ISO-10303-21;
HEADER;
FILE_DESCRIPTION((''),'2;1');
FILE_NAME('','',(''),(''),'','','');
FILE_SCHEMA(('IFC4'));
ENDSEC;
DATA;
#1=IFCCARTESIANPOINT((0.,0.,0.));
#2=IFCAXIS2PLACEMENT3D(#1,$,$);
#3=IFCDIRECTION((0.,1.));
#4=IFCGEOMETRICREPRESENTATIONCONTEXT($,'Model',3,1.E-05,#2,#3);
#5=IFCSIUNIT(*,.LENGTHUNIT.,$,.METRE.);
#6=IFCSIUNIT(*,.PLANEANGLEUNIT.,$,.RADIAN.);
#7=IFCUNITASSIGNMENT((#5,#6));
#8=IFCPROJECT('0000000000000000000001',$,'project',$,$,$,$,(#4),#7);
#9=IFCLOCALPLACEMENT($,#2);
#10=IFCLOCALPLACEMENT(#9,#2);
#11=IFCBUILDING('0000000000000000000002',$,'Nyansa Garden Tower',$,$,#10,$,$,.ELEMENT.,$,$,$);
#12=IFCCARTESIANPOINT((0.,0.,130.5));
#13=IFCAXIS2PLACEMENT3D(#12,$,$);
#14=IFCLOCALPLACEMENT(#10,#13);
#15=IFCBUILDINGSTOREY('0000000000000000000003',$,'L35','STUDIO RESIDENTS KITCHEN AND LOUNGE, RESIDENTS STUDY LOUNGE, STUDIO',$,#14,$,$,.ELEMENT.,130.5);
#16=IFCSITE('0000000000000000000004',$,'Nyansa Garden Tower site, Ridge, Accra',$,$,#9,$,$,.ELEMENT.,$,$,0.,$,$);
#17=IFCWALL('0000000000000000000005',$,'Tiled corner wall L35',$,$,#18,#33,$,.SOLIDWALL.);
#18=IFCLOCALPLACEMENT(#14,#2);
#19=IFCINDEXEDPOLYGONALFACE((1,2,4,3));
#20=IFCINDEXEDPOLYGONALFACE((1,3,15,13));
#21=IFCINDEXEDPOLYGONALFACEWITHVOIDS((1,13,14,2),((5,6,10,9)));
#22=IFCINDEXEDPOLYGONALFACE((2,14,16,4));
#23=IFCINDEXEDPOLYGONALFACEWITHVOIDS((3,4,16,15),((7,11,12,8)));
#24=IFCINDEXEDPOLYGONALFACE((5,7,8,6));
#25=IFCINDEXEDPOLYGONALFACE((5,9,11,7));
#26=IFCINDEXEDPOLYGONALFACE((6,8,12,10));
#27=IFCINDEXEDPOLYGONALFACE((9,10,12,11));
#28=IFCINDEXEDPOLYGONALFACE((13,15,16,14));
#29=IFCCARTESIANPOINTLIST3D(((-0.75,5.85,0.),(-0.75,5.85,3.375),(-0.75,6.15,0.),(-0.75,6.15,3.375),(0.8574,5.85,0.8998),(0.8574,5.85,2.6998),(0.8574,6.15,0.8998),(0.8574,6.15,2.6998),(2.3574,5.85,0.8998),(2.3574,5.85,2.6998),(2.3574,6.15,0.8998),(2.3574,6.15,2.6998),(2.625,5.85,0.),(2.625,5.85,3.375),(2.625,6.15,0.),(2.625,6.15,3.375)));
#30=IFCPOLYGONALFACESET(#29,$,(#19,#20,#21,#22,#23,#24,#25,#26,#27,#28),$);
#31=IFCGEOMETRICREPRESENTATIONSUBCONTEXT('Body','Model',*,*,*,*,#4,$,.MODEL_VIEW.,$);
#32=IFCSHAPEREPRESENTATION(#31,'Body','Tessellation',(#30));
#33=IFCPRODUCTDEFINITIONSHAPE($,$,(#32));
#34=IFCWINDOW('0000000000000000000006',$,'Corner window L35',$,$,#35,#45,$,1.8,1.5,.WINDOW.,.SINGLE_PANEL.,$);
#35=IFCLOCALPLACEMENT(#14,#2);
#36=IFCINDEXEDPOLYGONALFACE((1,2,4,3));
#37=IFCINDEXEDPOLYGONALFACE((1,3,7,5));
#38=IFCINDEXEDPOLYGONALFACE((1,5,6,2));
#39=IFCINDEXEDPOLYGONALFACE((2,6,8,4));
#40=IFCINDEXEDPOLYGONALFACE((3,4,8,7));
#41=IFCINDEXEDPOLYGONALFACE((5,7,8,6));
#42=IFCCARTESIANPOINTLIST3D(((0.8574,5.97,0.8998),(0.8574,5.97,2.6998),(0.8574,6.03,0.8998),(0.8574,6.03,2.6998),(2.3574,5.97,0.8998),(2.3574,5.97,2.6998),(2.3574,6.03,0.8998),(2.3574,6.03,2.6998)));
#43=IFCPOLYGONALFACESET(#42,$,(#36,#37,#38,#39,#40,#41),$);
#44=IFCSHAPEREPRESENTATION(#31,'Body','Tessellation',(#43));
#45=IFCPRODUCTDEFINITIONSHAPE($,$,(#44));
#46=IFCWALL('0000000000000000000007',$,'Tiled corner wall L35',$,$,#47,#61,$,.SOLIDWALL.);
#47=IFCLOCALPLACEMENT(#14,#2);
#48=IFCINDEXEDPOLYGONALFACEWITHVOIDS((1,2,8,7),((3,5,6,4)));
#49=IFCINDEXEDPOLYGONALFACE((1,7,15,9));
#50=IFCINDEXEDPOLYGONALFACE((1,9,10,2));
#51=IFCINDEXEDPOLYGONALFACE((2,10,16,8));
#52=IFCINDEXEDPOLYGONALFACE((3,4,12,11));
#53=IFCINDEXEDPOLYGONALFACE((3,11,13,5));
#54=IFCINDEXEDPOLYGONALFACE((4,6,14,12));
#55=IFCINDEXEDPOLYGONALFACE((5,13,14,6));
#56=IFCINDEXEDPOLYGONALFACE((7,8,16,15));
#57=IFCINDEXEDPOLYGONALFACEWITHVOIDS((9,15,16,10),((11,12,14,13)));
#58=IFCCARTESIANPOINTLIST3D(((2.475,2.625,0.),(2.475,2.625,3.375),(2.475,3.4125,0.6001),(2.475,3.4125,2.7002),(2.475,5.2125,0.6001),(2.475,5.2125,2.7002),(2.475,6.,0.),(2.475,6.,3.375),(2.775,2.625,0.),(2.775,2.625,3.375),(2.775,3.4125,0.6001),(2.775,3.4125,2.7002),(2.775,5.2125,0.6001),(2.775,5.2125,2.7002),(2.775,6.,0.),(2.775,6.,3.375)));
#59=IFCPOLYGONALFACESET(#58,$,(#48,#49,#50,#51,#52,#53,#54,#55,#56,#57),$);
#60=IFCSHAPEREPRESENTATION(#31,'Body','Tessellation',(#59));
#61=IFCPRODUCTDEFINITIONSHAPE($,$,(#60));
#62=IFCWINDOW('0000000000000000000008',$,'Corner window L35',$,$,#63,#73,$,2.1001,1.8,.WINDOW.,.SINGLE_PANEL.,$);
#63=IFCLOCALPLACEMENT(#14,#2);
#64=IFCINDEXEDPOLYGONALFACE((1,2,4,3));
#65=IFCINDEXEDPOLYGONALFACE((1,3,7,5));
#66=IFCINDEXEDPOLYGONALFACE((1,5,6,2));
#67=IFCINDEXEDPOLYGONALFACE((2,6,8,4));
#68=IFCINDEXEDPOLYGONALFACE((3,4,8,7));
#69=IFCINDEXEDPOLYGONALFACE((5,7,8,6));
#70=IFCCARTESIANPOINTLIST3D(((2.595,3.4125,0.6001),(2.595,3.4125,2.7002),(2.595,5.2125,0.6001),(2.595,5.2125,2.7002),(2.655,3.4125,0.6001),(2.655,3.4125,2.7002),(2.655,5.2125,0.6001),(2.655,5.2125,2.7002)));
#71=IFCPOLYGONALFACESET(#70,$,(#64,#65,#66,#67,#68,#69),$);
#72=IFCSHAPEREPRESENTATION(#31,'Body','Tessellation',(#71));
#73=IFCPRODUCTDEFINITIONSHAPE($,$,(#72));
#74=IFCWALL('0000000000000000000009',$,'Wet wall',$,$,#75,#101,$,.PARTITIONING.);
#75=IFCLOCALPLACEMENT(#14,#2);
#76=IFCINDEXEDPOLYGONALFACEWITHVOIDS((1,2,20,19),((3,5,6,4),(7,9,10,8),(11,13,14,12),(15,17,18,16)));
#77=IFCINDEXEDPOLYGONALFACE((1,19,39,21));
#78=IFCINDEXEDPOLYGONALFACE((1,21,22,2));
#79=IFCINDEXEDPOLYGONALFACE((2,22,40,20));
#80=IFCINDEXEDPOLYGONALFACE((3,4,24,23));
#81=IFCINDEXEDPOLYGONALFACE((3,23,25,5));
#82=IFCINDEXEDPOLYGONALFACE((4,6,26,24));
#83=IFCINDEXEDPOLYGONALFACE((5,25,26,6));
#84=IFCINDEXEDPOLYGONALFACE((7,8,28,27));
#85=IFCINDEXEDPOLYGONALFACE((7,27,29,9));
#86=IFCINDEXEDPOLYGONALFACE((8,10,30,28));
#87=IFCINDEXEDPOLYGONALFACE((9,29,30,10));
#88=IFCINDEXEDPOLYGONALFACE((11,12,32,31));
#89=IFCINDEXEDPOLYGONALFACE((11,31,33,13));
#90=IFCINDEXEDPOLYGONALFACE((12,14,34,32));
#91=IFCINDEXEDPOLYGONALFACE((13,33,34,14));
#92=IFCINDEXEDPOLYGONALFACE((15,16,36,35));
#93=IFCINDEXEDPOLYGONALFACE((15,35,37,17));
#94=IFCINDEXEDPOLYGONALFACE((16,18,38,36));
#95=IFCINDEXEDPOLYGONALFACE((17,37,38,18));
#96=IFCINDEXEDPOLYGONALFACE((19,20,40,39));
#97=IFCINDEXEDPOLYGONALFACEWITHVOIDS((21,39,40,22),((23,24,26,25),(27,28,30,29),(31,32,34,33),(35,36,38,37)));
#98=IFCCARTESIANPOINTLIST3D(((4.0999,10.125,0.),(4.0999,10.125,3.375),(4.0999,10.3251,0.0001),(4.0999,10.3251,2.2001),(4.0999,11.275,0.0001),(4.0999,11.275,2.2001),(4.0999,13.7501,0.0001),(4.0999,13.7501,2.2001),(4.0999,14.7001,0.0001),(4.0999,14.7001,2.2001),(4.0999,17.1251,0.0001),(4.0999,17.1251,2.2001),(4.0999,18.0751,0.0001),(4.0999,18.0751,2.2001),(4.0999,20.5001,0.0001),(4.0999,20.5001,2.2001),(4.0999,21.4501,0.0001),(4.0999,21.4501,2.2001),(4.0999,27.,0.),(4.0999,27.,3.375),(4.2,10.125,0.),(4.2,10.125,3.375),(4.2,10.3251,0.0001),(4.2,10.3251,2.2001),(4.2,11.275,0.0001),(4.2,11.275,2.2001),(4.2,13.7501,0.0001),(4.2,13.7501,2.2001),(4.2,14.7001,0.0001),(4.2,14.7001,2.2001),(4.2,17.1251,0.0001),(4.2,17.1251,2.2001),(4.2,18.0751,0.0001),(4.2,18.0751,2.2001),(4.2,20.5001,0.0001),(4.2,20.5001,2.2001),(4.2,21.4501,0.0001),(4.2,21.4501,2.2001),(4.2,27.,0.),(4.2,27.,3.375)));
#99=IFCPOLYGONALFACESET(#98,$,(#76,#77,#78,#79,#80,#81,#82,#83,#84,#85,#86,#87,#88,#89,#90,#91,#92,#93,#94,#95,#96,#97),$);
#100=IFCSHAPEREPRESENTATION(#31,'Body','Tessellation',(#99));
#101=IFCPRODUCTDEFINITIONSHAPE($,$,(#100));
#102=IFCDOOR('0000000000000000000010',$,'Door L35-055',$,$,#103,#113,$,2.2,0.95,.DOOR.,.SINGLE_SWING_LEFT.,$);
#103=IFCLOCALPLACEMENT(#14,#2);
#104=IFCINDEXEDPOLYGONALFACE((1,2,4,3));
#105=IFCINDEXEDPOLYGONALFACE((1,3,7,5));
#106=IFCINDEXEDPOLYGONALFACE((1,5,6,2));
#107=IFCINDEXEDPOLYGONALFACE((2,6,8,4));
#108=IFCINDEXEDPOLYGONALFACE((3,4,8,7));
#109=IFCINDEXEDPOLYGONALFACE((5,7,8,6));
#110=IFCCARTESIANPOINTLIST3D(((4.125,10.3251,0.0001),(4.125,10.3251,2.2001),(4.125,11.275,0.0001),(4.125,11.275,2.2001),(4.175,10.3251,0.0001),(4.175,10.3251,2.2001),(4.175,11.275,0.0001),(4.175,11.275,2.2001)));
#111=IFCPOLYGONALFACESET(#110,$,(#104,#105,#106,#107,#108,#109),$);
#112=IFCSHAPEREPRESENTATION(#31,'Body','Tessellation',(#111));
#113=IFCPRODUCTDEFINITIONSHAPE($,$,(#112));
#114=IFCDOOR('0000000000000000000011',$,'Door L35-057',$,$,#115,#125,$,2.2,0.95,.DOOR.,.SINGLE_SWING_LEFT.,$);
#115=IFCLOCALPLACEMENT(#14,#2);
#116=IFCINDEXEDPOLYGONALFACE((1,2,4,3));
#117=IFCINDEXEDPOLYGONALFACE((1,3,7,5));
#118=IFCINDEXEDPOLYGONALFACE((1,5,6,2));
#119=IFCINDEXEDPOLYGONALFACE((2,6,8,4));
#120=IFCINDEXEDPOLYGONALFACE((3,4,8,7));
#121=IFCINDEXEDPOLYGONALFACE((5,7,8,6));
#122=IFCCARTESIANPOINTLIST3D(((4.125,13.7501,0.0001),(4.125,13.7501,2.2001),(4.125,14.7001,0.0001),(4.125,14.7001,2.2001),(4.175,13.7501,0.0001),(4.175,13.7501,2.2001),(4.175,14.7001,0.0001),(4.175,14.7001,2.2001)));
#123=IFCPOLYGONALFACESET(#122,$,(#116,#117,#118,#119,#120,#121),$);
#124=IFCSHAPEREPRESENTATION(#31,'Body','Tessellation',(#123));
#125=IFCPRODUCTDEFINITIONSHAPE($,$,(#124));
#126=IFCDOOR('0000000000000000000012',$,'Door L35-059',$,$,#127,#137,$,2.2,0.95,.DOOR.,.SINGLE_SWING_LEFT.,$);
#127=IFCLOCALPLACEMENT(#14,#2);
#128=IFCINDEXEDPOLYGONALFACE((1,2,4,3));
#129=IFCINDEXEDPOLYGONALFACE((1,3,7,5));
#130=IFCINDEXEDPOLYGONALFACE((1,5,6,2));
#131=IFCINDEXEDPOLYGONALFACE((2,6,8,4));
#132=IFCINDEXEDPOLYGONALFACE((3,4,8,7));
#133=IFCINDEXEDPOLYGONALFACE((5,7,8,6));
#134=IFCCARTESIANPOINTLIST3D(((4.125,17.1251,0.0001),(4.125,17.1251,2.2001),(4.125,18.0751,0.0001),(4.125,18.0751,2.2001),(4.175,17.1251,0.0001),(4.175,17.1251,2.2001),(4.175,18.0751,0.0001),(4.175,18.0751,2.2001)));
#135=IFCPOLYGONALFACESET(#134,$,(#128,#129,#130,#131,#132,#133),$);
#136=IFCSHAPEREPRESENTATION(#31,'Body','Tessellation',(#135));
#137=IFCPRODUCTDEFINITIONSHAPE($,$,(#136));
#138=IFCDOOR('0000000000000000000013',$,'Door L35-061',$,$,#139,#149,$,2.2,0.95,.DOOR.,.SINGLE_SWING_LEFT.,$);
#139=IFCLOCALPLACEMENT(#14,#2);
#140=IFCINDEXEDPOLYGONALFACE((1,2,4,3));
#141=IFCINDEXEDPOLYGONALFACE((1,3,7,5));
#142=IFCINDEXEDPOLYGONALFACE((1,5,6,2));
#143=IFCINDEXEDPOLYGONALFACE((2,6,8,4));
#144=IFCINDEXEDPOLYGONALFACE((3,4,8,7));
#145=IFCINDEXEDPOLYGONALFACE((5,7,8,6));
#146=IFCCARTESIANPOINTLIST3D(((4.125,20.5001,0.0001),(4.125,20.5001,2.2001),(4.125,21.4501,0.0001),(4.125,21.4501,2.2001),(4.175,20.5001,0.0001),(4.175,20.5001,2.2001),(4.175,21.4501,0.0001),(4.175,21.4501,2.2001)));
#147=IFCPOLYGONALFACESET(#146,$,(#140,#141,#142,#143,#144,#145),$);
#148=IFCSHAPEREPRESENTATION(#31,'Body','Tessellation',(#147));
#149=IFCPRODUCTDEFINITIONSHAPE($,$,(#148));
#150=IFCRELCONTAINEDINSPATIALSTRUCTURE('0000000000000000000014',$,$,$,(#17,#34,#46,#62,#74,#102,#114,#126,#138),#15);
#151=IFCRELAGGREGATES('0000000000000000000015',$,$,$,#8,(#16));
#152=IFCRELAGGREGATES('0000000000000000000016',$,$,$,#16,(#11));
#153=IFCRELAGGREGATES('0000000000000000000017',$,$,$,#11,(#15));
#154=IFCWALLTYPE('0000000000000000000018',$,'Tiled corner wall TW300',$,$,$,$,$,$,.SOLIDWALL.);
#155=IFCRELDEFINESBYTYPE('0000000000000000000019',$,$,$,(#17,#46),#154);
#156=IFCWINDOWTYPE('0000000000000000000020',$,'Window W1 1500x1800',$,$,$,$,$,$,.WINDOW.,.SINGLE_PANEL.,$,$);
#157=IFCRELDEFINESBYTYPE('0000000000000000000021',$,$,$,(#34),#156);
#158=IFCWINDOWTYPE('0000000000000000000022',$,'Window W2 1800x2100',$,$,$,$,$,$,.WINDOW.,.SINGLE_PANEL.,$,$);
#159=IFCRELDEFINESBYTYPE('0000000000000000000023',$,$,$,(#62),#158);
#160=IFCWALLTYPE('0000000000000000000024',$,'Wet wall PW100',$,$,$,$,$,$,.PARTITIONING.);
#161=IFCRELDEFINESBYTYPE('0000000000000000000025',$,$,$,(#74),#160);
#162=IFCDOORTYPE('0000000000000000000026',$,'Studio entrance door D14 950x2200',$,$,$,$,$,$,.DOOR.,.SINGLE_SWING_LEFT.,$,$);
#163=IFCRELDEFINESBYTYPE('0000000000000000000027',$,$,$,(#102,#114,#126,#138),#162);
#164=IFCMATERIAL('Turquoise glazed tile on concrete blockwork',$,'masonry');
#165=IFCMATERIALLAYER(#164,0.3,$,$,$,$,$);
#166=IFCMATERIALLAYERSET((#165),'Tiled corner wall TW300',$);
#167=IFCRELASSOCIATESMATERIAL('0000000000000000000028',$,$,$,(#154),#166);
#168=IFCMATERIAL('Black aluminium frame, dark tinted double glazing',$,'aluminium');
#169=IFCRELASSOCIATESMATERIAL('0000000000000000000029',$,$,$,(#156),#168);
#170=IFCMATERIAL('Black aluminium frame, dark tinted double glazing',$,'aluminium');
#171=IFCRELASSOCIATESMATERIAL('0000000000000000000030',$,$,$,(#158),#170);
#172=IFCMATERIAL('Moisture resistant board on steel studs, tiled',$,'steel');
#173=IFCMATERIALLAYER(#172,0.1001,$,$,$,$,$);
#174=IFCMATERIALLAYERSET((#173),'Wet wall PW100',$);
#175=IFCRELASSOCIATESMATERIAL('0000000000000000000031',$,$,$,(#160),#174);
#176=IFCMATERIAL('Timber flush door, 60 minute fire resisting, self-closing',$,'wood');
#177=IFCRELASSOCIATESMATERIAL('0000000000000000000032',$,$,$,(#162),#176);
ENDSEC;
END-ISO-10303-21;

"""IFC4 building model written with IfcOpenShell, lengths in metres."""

from ifc_helpers import new_model, si_unit, direction, frame, frame_2d, origin, place, context, subcontext, project, spatial, rectangle, extrude, material, layer, layer_set, type_object, element, fill, save


model = new_model("IFC4")

# Units and contexts
model_context = context("Model", 3, precision=1e-05, world=origin(), true_north=direction((0.0, 1.0)))
body_context = subcontext(model_context, "Body", "Model", "MODEL_VIEW")
ifc_project = project(units=[si_unit("LENGTHUNIT", "METRE"), si_unit("PLANEANGLEUNIT", "RADIAN")], contexts=[model_context])

# Site, building, storey
site_placement = place(None, origin())
site = spatial("IfcSite", under=ifc_project, at=site_placement, Name="Nyansa Garden Tower site, Ridge, Accra", CompositionType="ELEMENT", RefElevation=0.0)
building_placement = place(site_placement, origin())
building = spatial("IfcBuilding", under=site, at=building_placement, Name="Nyansa Garden Tower", CompositionType="ELEMENT")
storey_placement = place(building_placement, frame((0.0, 0.0, 130.5)))
storey = spatial("IfcBuildingStorey", under=building, at=storey_placement, Name="L35", Description="STUDIO RESIDENTS KITCHEN AND LOUNGE, RESIDENTS STUDY LOUNGE, STUDIO", CompositionType="ELEMENT", Elevation=130.5)

# Walls, openings, windows
ifc_material_1 = material(Name="Turquoise glazed tile on concrete blockwork", Category="masonry")
ifc_layer_1 = layer(ifc_material_1, 0.3)
ifc_layer_set_1 = layer_set([ifc_layer_1], Name="Tiled corner wall TW300")
wall_type_1 = type_object("IfcWallType", Name="Tiled corner wall TW300", PredefinedType="SOLIDWALL", material=ifc_layer_set_1)
wall_1_placement = place(storey_placement, frame((-0.75, 6.0, 0.0), z_axis=(0.0, 0.0, 1.0), x_axis=(1.0, 0.0, 0.0)))
wall_1 = element("IfcWall", 1, at=wall_1_placement, inside=storey, type_object=wall_type_1, Name="Tiled corner wall L35", PredefinedType="SOLIDWALL", context=body_context, shape_type="SweptSolid", body=[
    extrude(rectangle(XDim=3.375, YDim=0.3, at=frame_2d((1.6875, 0.0))), origin(), (0.0, 0.0, 1.0), 3.375),
])
opening_1_placement = place(wall_1_placement, frame((1.6074, 0.0, 0.8999)))
opening_1 = element("IfcOpeningElement", 2, at=opening_1_placement, cuts=wall_1, PredefinedType="OPENING", context=body_context, shape_type="SweptSolid", body=[
    extrude(rectangle(XDim=1.5, YDim=1.8, at=frame_2d((0.75, 0.8999))), frame((0.0, 0.1599, 0.0), z_axis=(0.0, -1.0, 0.0), x_axis=(1.0, 0.0, 0.0)), (0.0, 0.0, 1.0), 0.3201),
])
ifc_material_2 = material(Name="Black aluminium frame, dark tinted double glazing", Category="aluminium")
window_type_1 = type_object("IfcWindowType", Name="Window W1 1500x1800", PartitioningType="SINGLE_PANEL", PredefinedType="WINDOW", material=ifc_material_2)
window_1_placement = place(opening_1_placement, origin())
window_1 = element("IfcWindow", 3, at=window_1_placement, inside=storey, type_object=window_type_1, Name="Corner window L35", OverallHeight=1.8, OverallWidth=1.5, PartitioningType="SINGLE_PANEL", PredefinedType="WINDOW", context=body_context, shape_type="SweptSolid", body=[
    extrude(rectangle(XDim=1.5, YDim=1.8, at=frame_2d((0.75, 0.8999))), frame((0.0, 0.03, 0.0), z_axis=(0.0, -1.0, 0.0), x_axis=(1.0, 0.0, 0.0)), (0.0, 0.0, 1.0), 0.0601),
])
fill(opening_1, window_1)
wall_2_placement = place(storey_placement, frame((2.625, 6.0, 0.0), z_axis=(0.0, 0.0, 1.0), x_axis=(0.0, -1.0, 0.0)))
wall_2 = element("IfcWall", 4, at=wall_2_placement, inside=storey, type_object=wall_type_1, Name="Tiled corner wall L35", PredefinedType="SOLIDWALL", context=body_context, shape_type="SweptSolid", body=[
    extrude(rectangle(XDim=3.375, YDim=0.3, at=frame_2d((1.6875, 0.0))), origin(), (0.0, 0.0, 1.0), 3.375),
])
opening_2_placement = place(wall_2_placement, frame((0.7876, 0.0, 0.6001)))
opening_2 = element("IfcOpeningElement", 5, at=opening_2_placement, cuts=wall_2, PredefinedType="OPENING", context=body_context, shape_type="SweptSolid", body=[
    extrude(rectangle(XDim=1.8, YDim=2.1001, at=frame_2d((0.8999, 1.05))), frame((0.0, 0.1599, 0.0), z_axis=(0.0, -1.0, 0.0), x_axis=(1.0, 0.0, 0.0)), (0.0, 0.0, 1.0), 0.3201),
])
ifc_material_3 = material(Name="Black aluminium frame, dark tinted double glazing", Category="aluminium")
window_type_2 = type_object("IfcWindowType", Name="Window W2 1800x2100", PartitioningType="SINGLE_PANEL", PredefinedType="WINDOW", material=ifc_material_3)
window_2_placement = place(opening_2_placement, origin())
window_2 = element("IfcWindow", 6, at=window_2_placement, inside=storey, type_object=window_type_2, Name="Corner window L35", OverallHeight=2.1001, OverallWidth=1.8, PartitioningType="SINGLE_PANEL", PredefinedType="WINDOW", context=body_context, shape_type="SweptSolid", body=[
    extrude(rectangle(XDim=1.8, YDim=2.1001, at=frame_2d((0.8999, 1.05))), frame((0.0, 0.03, 0.0), z_axis=(0.0, -1.0, 0.0), x_axis=(1.0, 0.0, 0.0)), (0.0, 0.0, 1.0), 0.0601),
])
fill(opening_2, window_2)

# Wall, openings, doors
ifc_material_4 = material(Name="Moisture resistant board on steel studs, tiled", Category="steel")
ifc_layer_2 = layer(ifc_material_4, 0.1001)
ifc_layer_set_2 = layer_set([ifc_layer_2], Name="Wet wall PW100")
wall_type_2 = type_object("IfcWallType", Name="Wet wall PW100", PredefinedType="PARTITIONING", material=ifc_layer_set_2)
wall_3_placement = place(storey_placement, frame((4.1499, 10.125, 0.0), z_axis=(0.0, 0.0, 1.0), x_axis=(0.0, 1.0, 0.0)))
wall_3 = element("IfcWall", 7, at=wall_3_placement, inside=storey, type_object=wall_type_2, Name="Wet wall", PredefinedType="PARTITIONING", context=body_context, shape_type="SweptSolid", body=[
    extrude(rectangle(XDim=16.875, YDim=0.1001, at=frame_2d((8.4375, 0.0))), origin(), (0.0, 0.0, 1.0), 3.375),
])
opening_3_placement = place(wall_3_placement, frame((0.2, 0.0, 0.0)))
opening_3 = element("IfcOpeningElement", 8, at=opening_3_placement, cuts=wall_3, PredefinedType="OPENING", context=body_context, shape_type="SweptSolid", body=[
    extrude(rectangle(XDim=0.95, YDim=2.2, at=frame_2d((0.4751, 1.1001))), frame((0.0, 0.0601, 0.0), z_axis=(0.0, -1.0, 0.0), x_axis=(1.0, 0.0, 0.0)), (0.0, 0.0, 1.0), 0.1201),
])
opening_4_placement = place(wall_3_placement, frame((3.625, 0.0, 0.0)))
opening_4 = element("IfcOpeningElement", 9, at=opening_4_placement, cuts=wall_3, PredefinedType="OPENING", context=body_context, shape_type="SweptSolid", body=[
    extrude(rectangle(XDim=0.95, YDim=2.2, at=frame_2d((0.4751, 1.1001))), frame((0.0, 0.0601, 0.0), z_axis=(0.0, -1.0, 0.0), x_axis=(1.0, 0.0, 0.0)), (0.0, 0.0, 1.0), 0.1201),
])
opening_5_placement = place(wall_3_placement, frame((7.0, 0.0, 0.0)))
opening_5 = element("IfcOpeningElement", 10, at=opening_5_placement, cuts=wall_3, PredefinedType="OPENING", context=body_context, shape_type="SweptSolid", body=[
    extrude(rectangle(XDim=0.95, YDim=2.2, at=frame_2d((0.4751, 1.1001))), frame((0.0, 0.0601, 0.0), z_axis=(0.0, -1.0, 0.0), x_axis=(1.0, 0.0, 0.0)), (0.0, 0.0, 1.0), 0.1201),
])
opening_6_placement = place(wall_3_placement, frame((10.375, 0.0, 0.0)))
opening_6 = element("IfcOpeningElement", 11, at=opening_6_placement, cuts=wall_3, PredefinedType="OPENING", context=body_context, shape_type="SweptSolid", body=[
    extrude(rectangle(XDim=0.95, YDim=2.2, at=frame_2d((0.4751, 1.1001))), frame((0.0, 0.0601, 0.0), z_axis=(0.0, -1.0, 0.0), x_axis=(1.0, 0.0, 0.0)), (0.0, 0.0, 1.0), 0.1201),
])
ifc_material_5 = material(Name="Timber flush door, 60 minute fire resisting, self-closing", Category="wood")
door_type = type_object("IfcDoorType", Name="Studio entrance door D14 950x2200", OperationType="SINGLE_SWING_LEFT", PredefinedType="DOOR", material=ifc_material_5)
door_1_placement = place(opening_3_placement, origin())
door_1 = element("IfcDoor", 12, at=door_1_placement, inside=storey, type_object=door_type, Name="Door L35-055", OperationType="SINGLE_SWING_LEFT", OverallHeight=2.2, OverallWidth=0.95, PredefinedType="DOOR", context=body_context, shape_type="SweptSolid", body=[
    extrude(rectangle(XDim=0.95, YDim=2.2, at=frame_2d((0.4751, 1.1001))), frame((0.0, 0.0249, 0.0), z_axis=(0.0, -1.0, 0.0), x_axis=(1.0, 0.0, 0.0)), (0.0, 0.0, 1.0), 0.05),
])
fill(opening_3, door_1)
door_2_placement = place(opening_4_placement, origin())
door_2 = element("IfcDoor", 13, at=door_2_placement, inside=storey, type_object=door_type, Name="Door L35-057", OperationType="SINGLE_SWING_LEFT", OverallHeight=2.2, OverallWidth=0.95, PredefinedType="DOOR", context=body_context, shape_type="SweptSolid", body=[
    extrude(rectangle(XDim=0.95, YDim=2.2, at=frame_2d((0.4751, 1.1001))), frame((0.0, 0.0249, 0.0), z_axis=(0.0, -1.0, 0.0), x_axis=(1.0, 0.0, 0.0)), (0.0, 0.0, 1.0), 0.05),
])
fill(opening_4, door_2)
door_3_placement = place(opening_5_placement, origin())
door_3 = element("IfcDoor", 14, at=door_3_placement, inside=storey, type_object=door_type, Name="Door L35-059", OperationType="SINGLE_SWING_LEFT", OverallHeight=2.2, OverallWidth=0.95, PredefinedType="DOOR", context=body_context, shape_type="SweptSolid", body=[
    extrude(rectangle(XDim=0.95, YDim=2.2, at=frame_2d((0.4751, 1.1001))), frame((0.0, 0.0249, 0.0), z_axis=(0.0, -1.0, 0.0), x_axis=(1.0, 0.0, 0.0)), (0.0, 0.0, 1.0), 0.05),
])
fill(opening_5, door_3)
door_4_placement = place(opening_6_placement, origin())
door_4 = element("IfcDoor", 15, at=door_4_placement, inside=storey, type_object=door_type, Name="Door L35-061", OperationType="SINGLE_SWING_LEFT", OverallHeight=2.2, OverallWidth=0.95, PredefinedType="DOOR", context=body_context, shape_type="SweptSolid", body=[
    extrude(rectangle(XDim=0.95, YDim=2.2, at=frame_2d((0.4751, 1.1001))), frame((0.0, 0.0249, 0.0), z_axis=(0.0, -1.0, 0.0), x_axis=(1.0, 0.0, 0.0)), (0.0, 0.0, 1.0), 0.05),
])
fill(opening_6, door_4)

save(model, "model.ifc")
